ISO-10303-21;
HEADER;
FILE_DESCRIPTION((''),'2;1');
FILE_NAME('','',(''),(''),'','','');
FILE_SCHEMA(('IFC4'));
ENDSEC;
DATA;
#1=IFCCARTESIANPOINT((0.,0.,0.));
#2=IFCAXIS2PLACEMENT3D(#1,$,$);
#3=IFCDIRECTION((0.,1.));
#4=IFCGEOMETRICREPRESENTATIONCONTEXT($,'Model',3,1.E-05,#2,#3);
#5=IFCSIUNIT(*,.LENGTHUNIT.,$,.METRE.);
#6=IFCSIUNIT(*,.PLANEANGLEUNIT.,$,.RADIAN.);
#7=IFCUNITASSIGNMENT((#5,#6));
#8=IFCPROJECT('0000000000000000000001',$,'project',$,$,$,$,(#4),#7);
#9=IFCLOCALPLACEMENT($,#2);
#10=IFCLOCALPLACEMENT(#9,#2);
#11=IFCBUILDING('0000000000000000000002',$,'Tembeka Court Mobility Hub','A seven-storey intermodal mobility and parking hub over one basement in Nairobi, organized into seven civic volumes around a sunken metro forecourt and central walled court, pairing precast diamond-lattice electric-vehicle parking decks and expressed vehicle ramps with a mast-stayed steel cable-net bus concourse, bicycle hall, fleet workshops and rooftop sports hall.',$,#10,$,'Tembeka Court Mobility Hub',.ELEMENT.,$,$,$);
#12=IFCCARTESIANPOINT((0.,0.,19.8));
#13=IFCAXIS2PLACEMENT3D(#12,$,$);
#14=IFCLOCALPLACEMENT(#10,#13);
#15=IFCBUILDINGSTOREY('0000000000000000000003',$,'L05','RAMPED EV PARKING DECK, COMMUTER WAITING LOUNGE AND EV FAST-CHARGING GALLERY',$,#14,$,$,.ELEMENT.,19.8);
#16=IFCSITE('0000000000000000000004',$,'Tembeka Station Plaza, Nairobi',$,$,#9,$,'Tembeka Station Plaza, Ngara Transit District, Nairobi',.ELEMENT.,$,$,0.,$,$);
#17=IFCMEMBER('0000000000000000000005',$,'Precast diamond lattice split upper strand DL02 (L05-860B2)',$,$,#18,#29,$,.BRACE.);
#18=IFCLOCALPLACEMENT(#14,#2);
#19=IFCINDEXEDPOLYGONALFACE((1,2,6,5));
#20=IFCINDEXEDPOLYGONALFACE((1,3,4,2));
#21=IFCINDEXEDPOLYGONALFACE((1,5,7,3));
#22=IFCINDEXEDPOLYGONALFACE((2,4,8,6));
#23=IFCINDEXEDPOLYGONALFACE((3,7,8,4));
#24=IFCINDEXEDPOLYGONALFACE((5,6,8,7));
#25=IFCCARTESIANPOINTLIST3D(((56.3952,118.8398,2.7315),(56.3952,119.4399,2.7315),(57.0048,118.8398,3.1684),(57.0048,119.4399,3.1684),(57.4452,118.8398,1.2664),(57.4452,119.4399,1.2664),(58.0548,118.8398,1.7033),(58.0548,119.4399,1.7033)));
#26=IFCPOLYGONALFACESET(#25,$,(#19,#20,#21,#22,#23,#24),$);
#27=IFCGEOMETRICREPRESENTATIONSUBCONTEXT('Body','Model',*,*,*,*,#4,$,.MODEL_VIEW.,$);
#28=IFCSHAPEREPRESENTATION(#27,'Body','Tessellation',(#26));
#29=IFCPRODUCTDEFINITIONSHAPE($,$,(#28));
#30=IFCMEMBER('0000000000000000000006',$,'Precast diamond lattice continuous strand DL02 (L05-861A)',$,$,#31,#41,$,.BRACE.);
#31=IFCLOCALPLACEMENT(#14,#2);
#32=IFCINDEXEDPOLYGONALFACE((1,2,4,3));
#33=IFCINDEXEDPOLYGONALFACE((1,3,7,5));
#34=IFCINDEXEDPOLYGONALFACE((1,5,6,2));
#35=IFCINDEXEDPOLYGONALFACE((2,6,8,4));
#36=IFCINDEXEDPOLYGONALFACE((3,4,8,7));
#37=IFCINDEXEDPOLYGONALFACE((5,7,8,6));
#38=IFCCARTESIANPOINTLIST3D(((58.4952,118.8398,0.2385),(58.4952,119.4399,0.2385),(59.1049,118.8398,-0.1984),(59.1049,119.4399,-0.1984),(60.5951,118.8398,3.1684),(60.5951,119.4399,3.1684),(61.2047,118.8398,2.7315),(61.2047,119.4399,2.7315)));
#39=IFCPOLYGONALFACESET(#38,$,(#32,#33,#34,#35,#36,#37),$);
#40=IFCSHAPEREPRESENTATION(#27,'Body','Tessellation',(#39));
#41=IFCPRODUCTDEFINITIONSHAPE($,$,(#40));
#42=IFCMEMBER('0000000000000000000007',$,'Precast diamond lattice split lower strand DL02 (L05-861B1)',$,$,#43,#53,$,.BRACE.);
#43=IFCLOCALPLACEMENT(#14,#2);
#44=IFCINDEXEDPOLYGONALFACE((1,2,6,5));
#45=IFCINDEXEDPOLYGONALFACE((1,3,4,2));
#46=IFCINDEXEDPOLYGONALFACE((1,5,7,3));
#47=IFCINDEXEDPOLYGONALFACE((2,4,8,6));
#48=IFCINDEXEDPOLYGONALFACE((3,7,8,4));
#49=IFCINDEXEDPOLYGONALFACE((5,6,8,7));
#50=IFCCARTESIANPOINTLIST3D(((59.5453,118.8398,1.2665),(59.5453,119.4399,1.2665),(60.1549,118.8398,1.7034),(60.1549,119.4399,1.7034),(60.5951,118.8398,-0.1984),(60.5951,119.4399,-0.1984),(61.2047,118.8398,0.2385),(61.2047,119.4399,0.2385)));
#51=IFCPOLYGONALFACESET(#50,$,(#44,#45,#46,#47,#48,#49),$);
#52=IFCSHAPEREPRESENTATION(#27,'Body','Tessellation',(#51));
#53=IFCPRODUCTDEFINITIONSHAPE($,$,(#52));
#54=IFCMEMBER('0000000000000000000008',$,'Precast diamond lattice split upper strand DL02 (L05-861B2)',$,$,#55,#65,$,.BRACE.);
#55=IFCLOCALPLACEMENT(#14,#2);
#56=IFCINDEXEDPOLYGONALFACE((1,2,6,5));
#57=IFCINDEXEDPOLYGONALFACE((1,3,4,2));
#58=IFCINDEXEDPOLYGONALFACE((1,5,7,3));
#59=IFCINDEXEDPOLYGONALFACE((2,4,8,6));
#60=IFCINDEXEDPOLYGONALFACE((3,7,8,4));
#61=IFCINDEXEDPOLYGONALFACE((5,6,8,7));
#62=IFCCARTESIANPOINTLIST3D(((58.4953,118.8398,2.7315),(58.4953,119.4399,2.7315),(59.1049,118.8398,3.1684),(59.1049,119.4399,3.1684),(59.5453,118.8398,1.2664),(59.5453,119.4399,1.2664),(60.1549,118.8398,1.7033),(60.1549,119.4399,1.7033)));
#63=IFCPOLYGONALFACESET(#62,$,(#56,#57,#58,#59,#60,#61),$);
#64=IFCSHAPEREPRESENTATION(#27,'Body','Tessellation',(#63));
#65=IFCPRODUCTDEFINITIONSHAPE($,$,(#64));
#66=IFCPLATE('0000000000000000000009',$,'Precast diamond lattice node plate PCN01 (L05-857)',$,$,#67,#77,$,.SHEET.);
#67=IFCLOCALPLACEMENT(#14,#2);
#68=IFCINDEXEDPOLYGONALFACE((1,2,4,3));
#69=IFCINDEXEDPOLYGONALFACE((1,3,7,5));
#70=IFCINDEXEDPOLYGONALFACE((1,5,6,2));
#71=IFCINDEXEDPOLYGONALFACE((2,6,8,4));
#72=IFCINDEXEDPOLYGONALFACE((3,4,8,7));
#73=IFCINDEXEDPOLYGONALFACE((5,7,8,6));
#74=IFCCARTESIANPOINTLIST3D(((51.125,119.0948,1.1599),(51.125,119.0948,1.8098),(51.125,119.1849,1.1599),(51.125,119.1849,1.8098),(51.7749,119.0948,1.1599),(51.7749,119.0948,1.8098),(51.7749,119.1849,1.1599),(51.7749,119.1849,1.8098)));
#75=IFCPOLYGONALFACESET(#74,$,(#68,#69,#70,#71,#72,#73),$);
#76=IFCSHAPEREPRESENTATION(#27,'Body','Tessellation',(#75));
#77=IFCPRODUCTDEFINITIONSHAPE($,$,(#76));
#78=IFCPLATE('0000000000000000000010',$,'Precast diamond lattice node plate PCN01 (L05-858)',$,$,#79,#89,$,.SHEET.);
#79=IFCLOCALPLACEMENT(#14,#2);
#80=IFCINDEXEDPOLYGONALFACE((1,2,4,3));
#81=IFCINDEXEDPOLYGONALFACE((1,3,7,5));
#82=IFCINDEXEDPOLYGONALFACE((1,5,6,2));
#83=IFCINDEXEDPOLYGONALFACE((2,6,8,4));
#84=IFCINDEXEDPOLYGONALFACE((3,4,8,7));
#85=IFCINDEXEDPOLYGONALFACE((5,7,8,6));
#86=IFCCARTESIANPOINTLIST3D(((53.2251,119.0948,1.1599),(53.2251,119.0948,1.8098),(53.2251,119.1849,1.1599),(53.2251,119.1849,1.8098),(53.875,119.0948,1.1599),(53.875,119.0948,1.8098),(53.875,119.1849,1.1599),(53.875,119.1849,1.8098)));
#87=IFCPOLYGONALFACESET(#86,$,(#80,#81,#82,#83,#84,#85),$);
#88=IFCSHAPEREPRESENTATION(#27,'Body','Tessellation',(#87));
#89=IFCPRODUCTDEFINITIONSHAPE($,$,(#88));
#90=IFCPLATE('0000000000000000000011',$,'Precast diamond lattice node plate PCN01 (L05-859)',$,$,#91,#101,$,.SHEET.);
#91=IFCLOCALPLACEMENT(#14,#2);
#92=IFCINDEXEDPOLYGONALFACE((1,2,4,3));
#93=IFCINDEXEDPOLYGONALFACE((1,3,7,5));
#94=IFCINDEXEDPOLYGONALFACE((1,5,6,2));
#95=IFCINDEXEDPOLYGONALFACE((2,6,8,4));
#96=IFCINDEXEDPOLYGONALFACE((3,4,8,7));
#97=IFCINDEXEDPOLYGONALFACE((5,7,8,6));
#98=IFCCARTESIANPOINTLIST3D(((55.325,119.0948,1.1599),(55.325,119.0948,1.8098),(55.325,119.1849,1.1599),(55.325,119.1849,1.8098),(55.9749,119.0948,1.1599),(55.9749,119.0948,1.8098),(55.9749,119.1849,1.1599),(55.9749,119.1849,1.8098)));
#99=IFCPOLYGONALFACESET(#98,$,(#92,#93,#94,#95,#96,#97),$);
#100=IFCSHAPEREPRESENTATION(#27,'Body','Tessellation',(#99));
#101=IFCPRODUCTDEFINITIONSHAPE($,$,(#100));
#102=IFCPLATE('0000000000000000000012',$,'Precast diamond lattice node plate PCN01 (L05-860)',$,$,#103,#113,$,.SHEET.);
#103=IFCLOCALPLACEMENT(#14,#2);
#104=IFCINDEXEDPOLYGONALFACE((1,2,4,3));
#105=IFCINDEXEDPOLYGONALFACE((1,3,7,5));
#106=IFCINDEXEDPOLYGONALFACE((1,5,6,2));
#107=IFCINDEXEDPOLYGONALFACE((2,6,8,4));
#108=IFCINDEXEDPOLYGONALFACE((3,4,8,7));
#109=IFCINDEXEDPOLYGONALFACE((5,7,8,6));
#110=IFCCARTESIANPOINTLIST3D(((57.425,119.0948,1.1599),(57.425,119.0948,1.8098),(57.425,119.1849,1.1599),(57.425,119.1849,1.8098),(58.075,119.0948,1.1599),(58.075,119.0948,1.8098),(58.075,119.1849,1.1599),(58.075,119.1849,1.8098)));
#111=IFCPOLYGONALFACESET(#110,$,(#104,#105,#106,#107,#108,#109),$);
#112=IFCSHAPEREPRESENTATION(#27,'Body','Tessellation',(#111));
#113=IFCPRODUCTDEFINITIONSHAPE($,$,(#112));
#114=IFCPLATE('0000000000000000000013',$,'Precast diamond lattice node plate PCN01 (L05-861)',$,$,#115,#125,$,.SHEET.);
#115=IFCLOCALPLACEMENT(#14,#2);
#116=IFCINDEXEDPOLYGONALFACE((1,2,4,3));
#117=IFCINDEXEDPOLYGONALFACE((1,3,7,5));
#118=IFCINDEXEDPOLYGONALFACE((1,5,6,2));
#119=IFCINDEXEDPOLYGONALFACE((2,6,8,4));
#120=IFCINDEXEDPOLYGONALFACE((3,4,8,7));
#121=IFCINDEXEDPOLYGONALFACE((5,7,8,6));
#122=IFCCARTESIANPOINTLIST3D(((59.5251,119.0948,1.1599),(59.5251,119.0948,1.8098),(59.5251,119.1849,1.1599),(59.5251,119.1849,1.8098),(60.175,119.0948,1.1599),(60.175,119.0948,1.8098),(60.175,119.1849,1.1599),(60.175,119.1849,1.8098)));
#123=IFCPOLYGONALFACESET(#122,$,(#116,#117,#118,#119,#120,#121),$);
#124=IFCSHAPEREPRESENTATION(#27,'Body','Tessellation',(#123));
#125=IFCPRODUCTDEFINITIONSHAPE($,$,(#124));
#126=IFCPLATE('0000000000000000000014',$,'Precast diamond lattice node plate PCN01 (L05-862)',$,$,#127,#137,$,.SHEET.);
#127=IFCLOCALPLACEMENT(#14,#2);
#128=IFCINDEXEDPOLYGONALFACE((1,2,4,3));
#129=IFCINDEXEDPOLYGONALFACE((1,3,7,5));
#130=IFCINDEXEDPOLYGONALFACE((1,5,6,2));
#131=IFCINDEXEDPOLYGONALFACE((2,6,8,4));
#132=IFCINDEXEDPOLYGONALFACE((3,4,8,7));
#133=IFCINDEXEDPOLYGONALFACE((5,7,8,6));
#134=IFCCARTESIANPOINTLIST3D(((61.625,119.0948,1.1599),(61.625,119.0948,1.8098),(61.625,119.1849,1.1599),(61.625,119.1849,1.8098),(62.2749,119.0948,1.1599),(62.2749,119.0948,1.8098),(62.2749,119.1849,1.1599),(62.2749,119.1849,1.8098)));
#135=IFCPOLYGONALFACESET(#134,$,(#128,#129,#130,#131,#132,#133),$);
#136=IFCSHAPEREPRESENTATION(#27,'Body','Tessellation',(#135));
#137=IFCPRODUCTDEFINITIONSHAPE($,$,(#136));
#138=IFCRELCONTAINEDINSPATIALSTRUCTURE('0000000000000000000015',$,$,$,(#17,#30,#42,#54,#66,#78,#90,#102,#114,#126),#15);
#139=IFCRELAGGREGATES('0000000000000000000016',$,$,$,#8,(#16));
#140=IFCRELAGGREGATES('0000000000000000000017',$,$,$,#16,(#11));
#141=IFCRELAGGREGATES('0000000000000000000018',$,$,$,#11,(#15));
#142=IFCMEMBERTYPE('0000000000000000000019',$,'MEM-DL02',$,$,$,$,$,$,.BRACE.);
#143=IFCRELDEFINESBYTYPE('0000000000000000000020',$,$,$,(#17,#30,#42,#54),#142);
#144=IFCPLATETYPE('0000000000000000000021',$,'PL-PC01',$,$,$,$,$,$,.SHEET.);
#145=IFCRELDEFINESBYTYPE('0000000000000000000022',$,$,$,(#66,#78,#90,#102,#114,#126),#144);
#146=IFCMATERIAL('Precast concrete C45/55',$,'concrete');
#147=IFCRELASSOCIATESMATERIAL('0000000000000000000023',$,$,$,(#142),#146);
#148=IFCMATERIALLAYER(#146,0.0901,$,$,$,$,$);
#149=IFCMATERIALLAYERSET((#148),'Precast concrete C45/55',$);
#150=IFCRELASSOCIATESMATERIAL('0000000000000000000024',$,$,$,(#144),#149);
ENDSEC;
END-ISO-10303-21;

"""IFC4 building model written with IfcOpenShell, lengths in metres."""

from ifc_helpers import new_model, si_unit, direction, frame, origin, origin_2d, place, context, subcontext, project, spatial, rectangle, extrude, material, layer, layer_set, material_profile, profile_set, type_object, element, save


model = new_model("IFC4")

# Units and contexts
model_context = context("Model", 3, precision=1e-05, world=origin(), true_north=direction((0.0, 1.0)))
body_context = subcontext(model_context, "Body", "Model", "MODEL_VIEW")
ifc_project = project(units=[si_unit("LENGTHUNIT", "METRE"), si_unit("PLANEANGLEUNIT", "RADIAN")], contexts=[model_context])

# Site, building, storey
site_placement = place(None, origin())
site = spatial("IfcSite", under=ifc_project, at=site_placement, Name="Tembeka Station Plaza, Nairobi", LongName="Tembeka Station Plaza, Ngara Transit District, Nairobi", CompositionType="ELEMENT", RefElevation=0.0)
building_placement = place(site_placement, origin())
building = spatial("IfcBuilding", under=site, at=building_placement, Name="Tembeka Court Mobility Hub", Description="A seven-storey intermodal mobility and parking hub over one basement in Nairobi, organized into seven civic volumes around a sunken metro forecourt and central walled court, pairing precast diamond-lattice electric-vehicle parking decks and expressed vehicle ramps with a mast-stayed steel cable-net bus concourse, bicycle hall, fleet workshops and rooftop sports hall.", LongName="Tembeka Court Mobility Hub", CompositionType="ELEMENT")
storey_placement = place(building_placement, frame((0.0, 0.0, 19.8)))
storey = spatial("IfcBuildingStorey", under=building, at=storey_placement, Name="L05", Description="RAMPED EV PARKING DECK, COMMUTER WAITING LOUNGE AND EV FAST-CHARGING GALLERY", CompositionType="ELEMENT", Elevation=19.8)

# Members
ifc_material = material(Name="Precast concrete C45/55", Category="concrete")
ifc_material_profile_1 = material_profile(ifc_material, rectangle(XDim=0.6001, YDim=0.75, at=origin_2d()), Name="PC-DIAG 600x750")
ifc_profile_set_1 = profile_set([ifc_material_profile_1], Name="Precast concrete C45/55")
member_type_1 = type_object("IfcMemberType", Name="MEM-DL02", PredefinedType="BRACE", material=ifc_profile_set_1)
member_1_placement = place(storey_placement, frame((57.75, 119.1399, 1.4849), z_axis=(-0.582544, 0.0, 0.812799), x_axis=(0.0, -1.0, 0.0)))
element("IfcMember", 1, at=member_1_placement, inside=storey, type_object=member_type_1, Name="Precast diamond lattice split upper strand DL02 (L05-860B2)", PredefinedType="BRACE", context=body_context, shape_type="SweptSolid", body=[
    extrude(rectangle(XDim=0.6001, YDim=0.75, at=origin_2d()), origin(), (0.0, 0.0, 1.0), 1.8025),
])
member_2_placement = place(storey_placement, frame((58.8, 119.1399, 0.02), z_axis=(0.582532, 0.0, 0.812808), x_axis=(0.0, 1.0, 0.0)))
element("IfcMember", 2, at=member_2_placement, inside=storey, type_object=member_type_1, Name="Precast diamond lattice continuous strand DL02 (L05-861A)", PredefinedType="BRACE", context=body_context, shape_type="SweptSolid", body=[
    extrude(rectangle(XDim=0.6001, YDim=0.75, at=origin_2d()), origin(), (0.0, 0.0, 1.0), 3.6047),
])
member_3_placement = place(storey_placement, frame((60.8999, 119.1399, 0.02), z_axis=(-0.582519, 0.0, 0.812817), x_axis=(0.0, -1.0, 0.0)))
element("IfcMember", 3, at=member_3_placement, inside=storey, type_object=member_type_1, Name="Precast diamond lattice split lower strand DL02 (L05-861B1)", PredefinedType="BRACE", context=body_context, shape_type="SweptSolid", body=[
    extrude(rectangle(XDim=0.6001, YDim=0.75, at=origin_2d()), origin(), (0.0, 0.0, 1.0), 1.8022),
])
member_4_placement = place(storey_placement, frame((59.8501, 119.1399, 1.4849), z_axis=(-0.582544, 0.0, 0.812799), x_axis=(0.0, -1.0, 0.0)))
element("IfcMember", 4, at=member_4_placement, inside=storey, type_object=member_type_1, Name="Precast diamond lattice split upper strand DL02 (L05-861B2)", PredefinedType="BRACE", context=body_context, shape_type="SweptSolid", body=[
    extrude(rectangle(XDim=0.6001, YDim=0.75, at=origin_2d()), origin(), (0.0, 0.0, 1.0), 1.8025),
])

# Plates
ifc_layer = layer(ifc_material, 0.0901)
ifc_layer_set = layer_set([ifc_layer], Name="Precast concrete C45/55")
plate_type = type_object("IfcPlateType", Name="PL-PC01", PredefinedType="SHEET", material=ifc_layer_set)
for number, where, z_axis, x_axis, name in (
    (5, (51.45, 119.1399, 1.1599), (0.0, 0.0, 1.0), (1.0, 0.0, 0.0), "Precast diamond lattice node plate PCN01 (L05-857)"),
    (6, (53.55, 119.1399, 1.1599), (0.0, 0.0, 1.0), (1.0, 0.0, 0.0), "Precast diamond lattice node plate PCN01 (L05-858)"),
    (7, (55.6499, 119.1399, 1.1599), (0.0, 0.0, 1.0), (1.0, 0.0, 0.0), "Precast diamond lattice node plate PCN01 (L05-859)"),
    (8, (57.75, 119.1399, 1.1599), (0.0, 0.0, 1.0), (1.0, 0.0, 0.0), "Precast diamond lattice node plate PCN01 (L05-860)"),
    (9, (59.8501, 119.1399, 1.1599), (0.0, 0.0, 1.0), (1.0, 0.0, 0.0), "Precast diamond lattice node plate PCN01 (L05-861)"),
    (10, (61.95, 119.1399, 1.1599), (0.0, 0.0, 1.0), (1.0, 0.0, 0.0), "Precast diamond lattice node plate PCN01 (L05-862)"),
):
    element("IfcPlate", number, at=place(storey_placement, frame(where, z_axis=z_axis, x_axis=x_axis)), inside=storey, type_object=plate_type, Name=name, PredefinedType="SHEET", context=body_context, shape_type="SweptSolid", body=[
        extrude(rectangle(XDim=0.6499, YDim=0.0901, at=origin_2d()), origin(), (0.0, 0.0, 1.0), 0.6499),
    ])

save(model, "model.ifc")
